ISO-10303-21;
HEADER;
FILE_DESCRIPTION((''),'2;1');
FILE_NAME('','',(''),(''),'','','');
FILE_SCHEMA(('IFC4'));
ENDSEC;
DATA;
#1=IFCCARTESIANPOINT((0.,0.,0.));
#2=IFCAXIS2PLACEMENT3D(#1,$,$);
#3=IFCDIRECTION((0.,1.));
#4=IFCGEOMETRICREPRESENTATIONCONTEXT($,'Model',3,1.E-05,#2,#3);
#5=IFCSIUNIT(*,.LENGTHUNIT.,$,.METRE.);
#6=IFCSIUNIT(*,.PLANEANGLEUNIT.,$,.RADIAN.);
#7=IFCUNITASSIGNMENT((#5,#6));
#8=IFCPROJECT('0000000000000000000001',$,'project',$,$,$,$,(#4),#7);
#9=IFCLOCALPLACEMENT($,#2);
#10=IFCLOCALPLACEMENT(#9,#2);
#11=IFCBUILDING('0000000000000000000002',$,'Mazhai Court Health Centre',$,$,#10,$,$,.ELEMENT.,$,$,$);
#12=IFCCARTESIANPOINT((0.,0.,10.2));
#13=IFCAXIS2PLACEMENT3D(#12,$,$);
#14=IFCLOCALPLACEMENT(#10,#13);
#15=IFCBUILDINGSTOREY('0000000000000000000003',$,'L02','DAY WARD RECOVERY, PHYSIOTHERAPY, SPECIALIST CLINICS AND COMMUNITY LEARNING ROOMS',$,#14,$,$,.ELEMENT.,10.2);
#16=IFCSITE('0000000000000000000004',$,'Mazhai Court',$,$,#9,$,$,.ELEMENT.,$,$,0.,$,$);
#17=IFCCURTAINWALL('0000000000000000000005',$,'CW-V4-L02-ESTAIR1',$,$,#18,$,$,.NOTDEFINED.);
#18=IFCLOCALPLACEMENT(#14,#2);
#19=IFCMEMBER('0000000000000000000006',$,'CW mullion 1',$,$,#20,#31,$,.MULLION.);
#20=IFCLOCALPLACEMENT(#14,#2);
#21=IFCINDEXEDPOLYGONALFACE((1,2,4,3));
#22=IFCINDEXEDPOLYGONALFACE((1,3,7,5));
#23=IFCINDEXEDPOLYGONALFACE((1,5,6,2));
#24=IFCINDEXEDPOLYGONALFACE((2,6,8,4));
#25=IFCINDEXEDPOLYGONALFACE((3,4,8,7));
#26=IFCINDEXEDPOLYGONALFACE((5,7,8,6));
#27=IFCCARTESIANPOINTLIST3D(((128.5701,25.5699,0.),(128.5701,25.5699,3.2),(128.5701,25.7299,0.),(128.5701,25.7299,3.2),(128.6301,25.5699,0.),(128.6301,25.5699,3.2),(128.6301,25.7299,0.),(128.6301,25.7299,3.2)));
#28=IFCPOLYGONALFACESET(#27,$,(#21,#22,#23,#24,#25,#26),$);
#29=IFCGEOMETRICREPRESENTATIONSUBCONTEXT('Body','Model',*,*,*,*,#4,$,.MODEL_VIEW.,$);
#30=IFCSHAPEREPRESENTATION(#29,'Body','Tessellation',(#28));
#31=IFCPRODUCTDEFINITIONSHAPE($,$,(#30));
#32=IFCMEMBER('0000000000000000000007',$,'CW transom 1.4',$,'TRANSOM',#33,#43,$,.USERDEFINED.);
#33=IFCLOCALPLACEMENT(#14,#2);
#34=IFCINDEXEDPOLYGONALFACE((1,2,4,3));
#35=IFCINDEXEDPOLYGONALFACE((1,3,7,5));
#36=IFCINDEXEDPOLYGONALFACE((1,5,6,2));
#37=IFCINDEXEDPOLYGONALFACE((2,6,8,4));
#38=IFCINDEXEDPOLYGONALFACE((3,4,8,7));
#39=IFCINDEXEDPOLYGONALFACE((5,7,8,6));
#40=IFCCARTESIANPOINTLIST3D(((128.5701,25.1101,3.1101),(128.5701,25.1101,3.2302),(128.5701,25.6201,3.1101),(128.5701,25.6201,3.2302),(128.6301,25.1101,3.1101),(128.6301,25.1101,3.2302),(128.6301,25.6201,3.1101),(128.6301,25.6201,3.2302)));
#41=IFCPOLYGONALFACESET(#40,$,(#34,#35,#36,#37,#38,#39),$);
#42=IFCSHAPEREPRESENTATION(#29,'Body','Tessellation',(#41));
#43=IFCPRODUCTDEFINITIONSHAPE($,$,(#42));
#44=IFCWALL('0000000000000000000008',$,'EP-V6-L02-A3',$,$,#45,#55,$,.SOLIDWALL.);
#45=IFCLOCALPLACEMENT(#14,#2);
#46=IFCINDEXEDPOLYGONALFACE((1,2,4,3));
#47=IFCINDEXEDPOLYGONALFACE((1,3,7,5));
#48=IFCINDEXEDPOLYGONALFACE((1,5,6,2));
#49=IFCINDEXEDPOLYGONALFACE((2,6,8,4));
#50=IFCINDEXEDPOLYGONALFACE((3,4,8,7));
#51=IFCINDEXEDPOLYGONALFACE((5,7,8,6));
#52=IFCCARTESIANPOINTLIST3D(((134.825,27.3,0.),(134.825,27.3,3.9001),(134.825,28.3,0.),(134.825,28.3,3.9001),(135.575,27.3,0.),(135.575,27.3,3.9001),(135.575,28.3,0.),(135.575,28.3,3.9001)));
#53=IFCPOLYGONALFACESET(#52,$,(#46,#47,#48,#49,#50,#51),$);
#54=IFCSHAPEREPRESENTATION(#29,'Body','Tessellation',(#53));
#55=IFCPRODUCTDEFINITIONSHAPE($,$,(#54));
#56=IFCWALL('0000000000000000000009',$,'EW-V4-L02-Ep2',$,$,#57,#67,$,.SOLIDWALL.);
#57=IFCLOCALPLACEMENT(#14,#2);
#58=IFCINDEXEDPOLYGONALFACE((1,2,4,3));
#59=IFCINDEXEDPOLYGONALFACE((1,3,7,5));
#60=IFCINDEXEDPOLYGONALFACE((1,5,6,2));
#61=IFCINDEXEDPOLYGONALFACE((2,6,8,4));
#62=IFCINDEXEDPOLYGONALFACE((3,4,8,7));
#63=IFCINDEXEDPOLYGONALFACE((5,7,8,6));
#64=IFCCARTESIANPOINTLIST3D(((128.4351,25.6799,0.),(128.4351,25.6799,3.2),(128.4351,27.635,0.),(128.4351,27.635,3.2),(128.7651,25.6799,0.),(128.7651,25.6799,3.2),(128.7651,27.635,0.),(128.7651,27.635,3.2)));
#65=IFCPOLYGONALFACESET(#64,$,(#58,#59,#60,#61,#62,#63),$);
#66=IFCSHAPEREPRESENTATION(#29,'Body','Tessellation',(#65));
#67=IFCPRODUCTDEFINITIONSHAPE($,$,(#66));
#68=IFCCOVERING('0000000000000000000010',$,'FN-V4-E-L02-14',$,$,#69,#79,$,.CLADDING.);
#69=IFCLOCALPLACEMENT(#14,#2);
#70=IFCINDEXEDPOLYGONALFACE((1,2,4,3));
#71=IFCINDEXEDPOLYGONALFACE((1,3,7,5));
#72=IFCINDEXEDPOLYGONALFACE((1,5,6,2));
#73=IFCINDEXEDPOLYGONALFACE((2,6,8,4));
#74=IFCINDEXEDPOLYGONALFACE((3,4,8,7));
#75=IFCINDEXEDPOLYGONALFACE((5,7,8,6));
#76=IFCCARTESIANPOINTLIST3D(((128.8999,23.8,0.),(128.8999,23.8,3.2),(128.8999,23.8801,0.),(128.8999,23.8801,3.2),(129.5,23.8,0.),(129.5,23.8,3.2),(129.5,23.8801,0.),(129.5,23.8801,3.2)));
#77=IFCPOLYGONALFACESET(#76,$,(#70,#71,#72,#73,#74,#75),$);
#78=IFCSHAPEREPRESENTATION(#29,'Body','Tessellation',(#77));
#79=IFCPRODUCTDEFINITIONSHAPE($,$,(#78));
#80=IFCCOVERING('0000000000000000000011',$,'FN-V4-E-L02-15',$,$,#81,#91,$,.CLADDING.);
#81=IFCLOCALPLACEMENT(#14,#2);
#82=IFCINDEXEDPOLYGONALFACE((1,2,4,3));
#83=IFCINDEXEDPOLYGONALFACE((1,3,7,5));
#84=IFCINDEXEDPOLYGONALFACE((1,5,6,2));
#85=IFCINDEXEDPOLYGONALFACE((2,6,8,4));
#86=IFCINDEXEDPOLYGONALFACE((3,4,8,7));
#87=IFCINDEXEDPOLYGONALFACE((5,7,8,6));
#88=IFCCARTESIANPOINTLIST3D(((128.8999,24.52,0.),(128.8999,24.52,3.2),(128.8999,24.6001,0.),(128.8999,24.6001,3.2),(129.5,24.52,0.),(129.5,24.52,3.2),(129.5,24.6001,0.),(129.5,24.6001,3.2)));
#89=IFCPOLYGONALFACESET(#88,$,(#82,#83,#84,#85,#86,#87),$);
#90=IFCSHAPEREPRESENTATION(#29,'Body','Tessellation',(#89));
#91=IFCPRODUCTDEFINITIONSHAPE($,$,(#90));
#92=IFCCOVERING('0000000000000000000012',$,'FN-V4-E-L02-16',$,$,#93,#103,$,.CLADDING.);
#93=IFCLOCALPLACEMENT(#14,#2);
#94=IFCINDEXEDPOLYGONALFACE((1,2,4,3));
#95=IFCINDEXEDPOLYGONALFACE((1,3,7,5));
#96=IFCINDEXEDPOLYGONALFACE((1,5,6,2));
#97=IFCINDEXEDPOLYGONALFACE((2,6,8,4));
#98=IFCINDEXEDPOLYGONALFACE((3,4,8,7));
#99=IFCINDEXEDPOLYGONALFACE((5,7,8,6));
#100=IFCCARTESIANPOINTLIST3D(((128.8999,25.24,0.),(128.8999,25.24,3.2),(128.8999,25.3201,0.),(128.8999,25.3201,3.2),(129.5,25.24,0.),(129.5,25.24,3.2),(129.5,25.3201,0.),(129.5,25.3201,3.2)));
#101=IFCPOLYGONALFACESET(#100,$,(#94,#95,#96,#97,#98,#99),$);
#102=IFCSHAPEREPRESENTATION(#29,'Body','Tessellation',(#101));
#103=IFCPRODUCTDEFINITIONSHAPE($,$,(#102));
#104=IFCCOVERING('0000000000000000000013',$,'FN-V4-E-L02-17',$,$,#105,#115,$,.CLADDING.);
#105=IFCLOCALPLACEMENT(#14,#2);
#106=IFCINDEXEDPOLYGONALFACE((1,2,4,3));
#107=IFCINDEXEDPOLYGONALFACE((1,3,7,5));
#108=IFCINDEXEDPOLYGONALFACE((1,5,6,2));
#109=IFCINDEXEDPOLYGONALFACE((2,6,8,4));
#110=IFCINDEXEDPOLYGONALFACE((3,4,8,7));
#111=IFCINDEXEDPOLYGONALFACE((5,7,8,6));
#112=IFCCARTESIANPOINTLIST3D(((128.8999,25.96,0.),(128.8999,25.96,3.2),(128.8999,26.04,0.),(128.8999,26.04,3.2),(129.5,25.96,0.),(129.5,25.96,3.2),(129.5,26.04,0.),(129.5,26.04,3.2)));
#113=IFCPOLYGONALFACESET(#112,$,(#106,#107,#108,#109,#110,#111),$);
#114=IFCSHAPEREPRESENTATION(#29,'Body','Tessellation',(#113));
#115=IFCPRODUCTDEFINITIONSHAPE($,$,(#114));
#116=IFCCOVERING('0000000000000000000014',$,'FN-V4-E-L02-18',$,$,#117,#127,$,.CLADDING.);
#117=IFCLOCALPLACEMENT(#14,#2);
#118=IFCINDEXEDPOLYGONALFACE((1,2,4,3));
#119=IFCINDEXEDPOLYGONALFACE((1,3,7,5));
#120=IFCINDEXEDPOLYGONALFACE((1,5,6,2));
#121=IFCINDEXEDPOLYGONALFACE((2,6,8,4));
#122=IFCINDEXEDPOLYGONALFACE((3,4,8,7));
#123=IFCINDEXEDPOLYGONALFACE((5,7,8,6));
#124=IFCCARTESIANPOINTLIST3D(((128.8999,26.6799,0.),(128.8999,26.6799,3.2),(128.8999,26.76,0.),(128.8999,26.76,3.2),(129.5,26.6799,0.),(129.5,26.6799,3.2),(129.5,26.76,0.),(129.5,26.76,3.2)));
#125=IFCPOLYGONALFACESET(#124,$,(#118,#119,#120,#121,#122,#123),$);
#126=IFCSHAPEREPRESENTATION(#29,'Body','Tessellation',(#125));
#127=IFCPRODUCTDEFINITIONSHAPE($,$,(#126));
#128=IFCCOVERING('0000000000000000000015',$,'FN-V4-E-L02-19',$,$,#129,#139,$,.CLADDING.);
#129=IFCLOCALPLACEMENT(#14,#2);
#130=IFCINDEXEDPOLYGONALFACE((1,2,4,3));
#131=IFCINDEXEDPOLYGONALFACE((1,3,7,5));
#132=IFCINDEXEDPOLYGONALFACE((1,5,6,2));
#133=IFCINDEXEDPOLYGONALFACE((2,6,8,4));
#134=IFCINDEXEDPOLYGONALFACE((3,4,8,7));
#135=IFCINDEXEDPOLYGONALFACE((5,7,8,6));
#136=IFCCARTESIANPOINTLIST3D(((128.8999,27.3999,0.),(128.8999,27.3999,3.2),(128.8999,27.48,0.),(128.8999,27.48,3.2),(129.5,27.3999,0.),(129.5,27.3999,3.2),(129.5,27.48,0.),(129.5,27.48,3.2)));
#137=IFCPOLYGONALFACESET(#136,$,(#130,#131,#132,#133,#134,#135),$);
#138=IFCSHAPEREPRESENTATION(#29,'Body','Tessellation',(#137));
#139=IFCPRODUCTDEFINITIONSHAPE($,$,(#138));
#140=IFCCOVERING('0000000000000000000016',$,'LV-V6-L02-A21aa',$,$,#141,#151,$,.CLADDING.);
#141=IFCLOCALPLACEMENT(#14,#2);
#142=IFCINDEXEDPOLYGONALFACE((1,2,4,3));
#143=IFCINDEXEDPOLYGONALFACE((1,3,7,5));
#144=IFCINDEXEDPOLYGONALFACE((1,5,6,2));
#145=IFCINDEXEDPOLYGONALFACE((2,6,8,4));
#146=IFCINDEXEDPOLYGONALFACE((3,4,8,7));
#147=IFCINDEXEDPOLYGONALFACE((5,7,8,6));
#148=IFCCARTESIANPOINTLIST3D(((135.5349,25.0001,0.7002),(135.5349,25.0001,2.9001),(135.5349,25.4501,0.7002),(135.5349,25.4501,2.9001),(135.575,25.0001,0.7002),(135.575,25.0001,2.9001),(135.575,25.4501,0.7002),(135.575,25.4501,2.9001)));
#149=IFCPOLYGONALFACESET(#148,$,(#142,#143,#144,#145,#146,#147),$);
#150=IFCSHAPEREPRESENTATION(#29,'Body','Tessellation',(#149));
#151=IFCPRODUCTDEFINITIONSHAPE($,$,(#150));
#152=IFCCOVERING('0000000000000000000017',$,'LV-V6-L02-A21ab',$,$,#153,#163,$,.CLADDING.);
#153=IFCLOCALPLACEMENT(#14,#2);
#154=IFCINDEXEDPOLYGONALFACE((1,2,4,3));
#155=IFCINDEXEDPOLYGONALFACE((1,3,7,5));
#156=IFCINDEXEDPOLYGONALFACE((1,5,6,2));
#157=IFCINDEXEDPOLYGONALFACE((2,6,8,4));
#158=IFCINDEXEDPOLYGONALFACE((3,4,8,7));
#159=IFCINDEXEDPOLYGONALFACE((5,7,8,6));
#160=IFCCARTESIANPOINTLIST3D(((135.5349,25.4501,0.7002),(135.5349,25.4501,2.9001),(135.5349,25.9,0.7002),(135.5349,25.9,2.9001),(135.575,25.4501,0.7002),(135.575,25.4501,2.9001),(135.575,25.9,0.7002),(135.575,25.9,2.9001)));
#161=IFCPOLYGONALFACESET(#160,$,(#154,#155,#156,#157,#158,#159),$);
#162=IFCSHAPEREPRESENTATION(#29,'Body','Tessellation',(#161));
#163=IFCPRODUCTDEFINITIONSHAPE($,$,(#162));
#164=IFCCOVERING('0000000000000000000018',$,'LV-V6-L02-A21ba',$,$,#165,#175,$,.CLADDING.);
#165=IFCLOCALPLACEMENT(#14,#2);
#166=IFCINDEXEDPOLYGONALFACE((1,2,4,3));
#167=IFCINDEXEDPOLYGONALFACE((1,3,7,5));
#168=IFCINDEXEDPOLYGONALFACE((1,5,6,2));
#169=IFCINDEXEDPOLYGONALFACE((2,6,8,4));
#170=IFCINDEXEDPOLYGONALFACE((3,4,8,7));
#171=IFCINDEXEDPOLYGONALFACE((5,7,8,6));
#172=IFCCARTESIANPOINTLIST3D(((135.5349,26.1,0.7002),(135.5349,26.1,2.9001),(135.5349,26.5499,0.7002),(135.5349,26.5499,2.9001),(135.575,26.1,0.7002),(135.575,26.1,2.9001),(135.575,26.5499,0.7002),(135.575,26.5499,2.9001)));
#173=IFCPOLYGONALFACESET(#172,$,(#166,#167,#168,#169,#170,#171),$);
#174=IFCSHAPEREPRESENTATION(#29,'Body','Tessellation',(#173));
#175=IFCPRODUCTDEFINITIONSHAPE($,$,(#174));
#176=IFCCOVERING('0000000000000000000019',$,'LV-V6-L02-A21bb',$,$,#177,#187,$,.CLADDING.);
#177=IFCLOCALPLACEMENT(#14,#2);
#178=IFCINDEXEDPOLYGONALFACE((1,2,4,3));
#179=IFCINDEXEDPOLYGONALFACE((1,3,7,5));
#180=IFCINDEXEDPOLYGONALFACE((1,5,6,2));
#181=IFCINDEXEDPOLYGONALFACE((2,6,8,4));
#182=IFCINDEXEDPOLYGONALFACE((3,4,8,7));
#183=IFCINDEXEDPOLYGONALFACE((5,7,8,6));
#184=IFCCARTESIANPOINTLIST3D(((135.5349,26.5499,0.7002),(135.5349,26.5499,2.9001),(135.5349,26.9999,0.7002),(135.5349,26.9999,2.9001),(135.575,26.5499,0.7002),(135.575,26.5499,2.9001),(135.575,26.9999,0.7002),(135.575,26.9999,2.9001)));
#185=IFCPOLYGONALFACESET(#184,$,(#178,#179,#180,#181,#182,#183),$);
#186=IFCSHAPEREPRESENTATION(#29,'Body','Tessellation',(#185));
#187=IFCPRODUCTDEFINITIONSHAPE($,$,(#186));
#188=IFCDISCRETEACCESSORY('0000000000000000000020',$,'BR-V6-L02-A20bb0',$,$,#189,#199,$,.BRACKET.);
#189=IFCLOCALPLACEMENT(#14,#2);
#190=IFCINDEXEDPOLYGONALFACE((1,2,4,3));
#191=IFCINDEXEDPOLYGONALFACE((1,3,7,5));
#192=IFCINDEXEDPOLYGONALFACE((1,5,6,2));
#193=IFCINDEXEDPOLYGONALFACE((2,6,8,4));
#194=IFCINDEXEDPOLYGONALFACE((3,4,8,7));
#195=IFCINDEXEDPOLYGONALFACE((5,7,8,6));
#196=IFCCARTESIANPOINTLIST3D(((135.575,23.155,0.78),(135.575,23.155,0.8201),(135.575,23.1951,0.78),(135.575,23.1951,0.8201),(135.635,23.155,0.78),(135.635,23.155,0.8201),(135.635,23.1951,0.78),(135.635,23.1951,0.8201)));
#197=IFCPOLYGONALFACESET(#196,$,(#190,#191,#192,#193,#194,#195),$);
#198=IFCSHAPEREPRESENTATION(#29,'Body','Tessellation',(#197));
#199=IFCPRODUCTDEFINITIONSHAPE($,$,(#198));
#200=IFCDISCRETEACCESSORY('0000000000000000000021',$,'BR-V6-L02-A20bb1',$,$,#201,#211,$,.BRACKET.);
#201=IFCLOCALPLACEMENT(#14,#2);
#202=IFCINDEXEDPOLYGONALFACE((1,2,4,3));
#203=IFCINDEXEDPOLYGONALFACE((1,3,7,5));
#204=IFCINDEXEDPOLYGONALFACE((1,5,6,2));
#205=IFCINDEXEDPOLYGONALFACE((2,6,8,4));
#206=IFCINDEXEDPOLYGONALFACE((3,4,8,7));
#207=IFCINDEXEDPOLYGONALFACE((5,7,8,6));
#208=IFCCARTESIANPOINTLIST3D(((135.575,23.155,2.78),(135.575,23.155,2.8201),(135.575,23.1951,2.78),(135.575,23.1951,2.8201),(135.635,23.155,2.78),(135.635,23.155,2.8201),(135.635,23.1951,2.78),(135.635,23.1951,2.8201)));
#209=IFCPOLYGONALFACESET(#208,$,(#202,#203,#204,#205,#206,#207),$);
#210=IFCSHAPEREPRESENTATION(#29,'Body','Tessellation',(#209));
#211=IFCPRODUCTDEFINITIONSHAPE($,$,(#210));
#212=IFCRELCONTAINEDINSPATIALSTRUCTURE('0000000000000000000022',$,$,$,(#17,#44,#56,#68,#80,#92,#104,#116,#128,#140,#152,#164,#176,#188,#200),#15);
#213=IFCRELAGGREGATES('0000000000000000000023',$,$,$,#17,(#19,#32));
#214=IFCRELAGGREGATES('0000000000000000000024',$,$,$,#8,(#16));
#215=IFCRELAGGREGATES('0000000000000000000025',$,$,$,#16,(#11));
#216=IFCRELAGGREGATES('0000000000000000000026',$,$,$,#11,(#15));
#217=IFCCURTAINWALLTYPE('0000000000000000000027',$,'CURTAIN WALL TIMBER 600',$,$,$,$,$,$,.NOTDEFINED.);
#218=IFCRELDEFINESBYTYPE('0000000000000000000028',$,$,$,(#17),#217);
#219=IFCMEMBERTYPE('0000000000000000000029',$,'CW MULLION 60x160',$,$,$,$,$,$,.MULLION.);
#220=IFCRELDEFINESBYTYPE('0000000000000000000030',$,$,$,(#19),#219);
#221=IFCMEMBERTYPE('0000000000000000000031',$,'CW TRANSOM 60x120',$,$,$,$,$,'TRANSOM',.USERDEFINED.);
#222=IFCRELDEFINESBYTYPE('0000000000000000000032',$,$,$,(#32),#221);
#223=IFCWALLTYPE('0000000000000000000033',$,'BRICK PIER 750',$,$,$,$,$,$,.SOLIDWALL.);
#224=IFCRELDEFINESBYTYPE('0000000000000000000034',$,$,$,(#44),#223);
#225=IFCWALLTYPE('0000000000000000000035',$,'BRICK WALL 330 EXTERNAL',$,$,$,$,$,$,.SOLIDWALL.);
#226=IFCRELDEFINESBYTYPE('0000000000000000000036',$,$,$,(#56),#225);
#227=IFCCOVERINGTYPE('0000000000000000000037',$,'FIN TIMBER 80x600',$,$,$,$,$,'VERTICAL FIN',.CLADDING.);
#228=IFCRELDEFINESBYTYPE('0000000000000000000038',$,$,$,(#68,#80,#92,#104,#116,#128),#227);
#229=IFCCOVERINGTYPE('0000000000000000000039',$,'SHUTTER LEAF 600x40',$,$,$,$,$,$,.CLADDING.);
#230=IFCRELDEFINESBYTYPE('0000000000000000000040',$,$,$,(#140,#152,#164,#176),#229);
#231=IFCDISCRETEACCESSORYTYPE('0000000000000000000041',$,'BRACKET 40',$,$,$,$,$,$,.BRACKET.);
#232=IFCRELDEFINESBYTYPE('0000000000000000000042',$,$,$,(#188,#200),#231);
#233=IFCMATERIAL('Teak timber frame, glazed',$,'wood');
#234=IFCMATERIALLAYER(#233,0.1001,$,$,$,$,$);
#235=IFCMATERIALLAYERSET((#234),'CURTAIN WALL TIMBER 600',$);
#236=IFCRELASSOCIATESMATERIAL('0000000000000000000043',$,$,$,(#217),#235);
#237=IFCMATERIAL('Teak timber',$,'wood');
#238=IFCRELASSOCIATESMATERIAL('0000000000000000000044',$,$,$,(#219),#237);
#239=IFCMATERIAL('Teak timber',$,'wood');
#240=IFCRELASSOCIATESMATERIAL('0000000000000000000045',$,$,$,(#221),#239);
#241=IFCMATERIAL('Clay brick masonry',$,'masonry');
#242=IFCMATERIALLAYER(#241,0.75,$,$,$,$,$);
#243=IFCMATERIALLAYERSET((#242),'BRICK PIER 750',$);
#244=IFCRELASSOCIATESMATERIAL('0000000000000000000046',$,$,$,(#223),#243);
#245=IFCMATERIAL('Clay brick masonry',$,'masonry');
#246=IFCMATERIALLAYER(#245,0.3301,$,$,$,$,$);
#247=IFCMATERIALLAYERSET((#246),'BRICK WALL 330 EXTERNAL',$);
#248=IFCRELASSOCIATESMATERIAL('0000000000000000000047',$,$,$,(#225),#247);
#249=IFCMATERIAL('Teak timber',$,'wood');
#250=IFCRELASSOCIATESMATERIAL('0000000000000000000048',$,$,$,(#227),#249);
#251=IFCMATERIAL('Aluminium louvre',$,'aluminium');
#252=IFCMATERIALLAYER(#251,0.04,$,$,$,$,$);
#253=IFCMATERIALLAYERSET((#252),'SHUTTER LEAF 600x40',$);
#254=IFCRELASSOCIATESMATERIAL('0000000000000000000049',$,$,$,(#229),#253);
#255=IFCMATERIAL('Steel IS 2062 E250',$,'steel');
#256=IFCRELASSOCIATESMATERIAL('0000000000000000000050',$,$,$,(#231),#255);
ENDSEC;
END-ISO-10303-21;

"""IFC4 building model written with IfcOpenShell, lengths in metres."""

from ifc_helpers import new_model, si_unit, direction, frame, frame_2d, origin, origin_2d, place, context, subcontext, project, spatial, rectangle, extrude, material, layer, layer_set, material_profile, profile_set, type_object, element, aggregate, save


model = new_model("IFC4")

# Units and contexts
model_context = context("Model", 3, precision=1e-05, world=origin(), true_north=direction((0.0, 1.0)))
body_context = subcontext(model_context, "Body", "Model", "MODEL_VIEW")
ifc_project = project(units=[si_unit("LENGTHUNIT", "METRE"), si_unit("PLANEANGLEUNIT", "RADIAN")], contexts=[model_context])

# Site, building, storey
site_placement = place(None, origin())
site = spatial("IfcSite", under=ifc_project, at=site_placement, Name="Mazhai Court", CompositionType="ELEMENT", RefElevation=0.0)
building_placement = place(site_placement, origin())
building = spatial("IfcBuilding", under=site, at=building_placement, Name="Mazhai Court Health Centre", CompositionType="ELEMENT")
storey_placement = place(building_placement, frame((0.0, 0.0, 10.2)))
storey = spatial("IfcBuildingStorey", under=building, at=storey_placement, Name="L02", Description="DAY WARD RECOVERY, PHYSIOTHERAPY, SPECIALIST CLINICS AND COMMUNITY LEARNING ROOMS", CompositionType="ELEMENT", Elevation=10.2)

# Curtain wall, members
ifc_material_1 = material(Name="Teak timber frame, glazed", Category="wood")
ifc_layer_1 = layer(ifc_material_1, 0.1001)
ifc_layer_set_1 = layer_set([ifc_layer_1], Name="CURTAIN WALL TIMBER 600")
curtain_wall_type = type_object("IfcCurtainWallType", Name="CURTAIN WALL TIMBER 600", PredefinedType="NOTDEFINED", material=ifc_layer_set_1)
curtain_wall_placement = place(storey_placement, origin())
curtain_wall = element("IfcCurtainWall", 1, at=curtain_wall_placement, inside=storey, type_object=curtain_wall_type, Name="CW-V4-L02-ESTAIR1", PredefinedType="NOTDEFINED")
ifc_material_2 = material(Name="Teak timber", Category="wood")
ifc_material_profile_1 = material_profile(ifc_material_2, rectangle(XDim=0.0601, YDim=0.1599, at=origin_2d()), Name="CW MULLION 60x160")
ifc_profile_set_1 = profile_set([ifc_material_profile_1], Name="Teak timber")
member_type_1 = type_object("IfcMemberType", Name="CW MULLION 60x160", PredefinedType="MULLION", material=ifc_profile_set_1)
member_1_placement = place(storey_placement, frame((128.6001, 25.6499, 0.0), z_axis=(0.0, 0.0, 1.0), x_axis=(1.0, 0.0, 0.0)))
member_1 = element("IfcMember", 2, at=member_1_placement, type_object=member_type_1, Name="CW mullion 1", PredefinedType="MULLION", context=body_context, shape_type="SweptSolid", body=[
    extrude(rectangle(XDim=0.0601, YDim=0.1599, at=origin_2d()), origin(), (0.0, 0.0, 1.0), 3.2),
])
ifc_material_3 = material(Name="Teak timber", Category="wood")
ifc_material_profile_2 = material_profile(ifc_material_3, rectangle(XDim=0.0601, YDim=0.1201, at=origin_2d()), Name="CW TRANSOM 60x120")
ifc_profile_set_2 = profile_set([ifc_material_profile_2], Name="Teak timber")
member_type_2 = type_object("IfcMemberType", Name="CW TRANSOM 60x120", ElementType="TRANSOM", PredefinedType="USERDEFINED", material=ifc_profile_set_2)
member_2_placement = place(storey_placement, frame((128.6001, 25.6201, 3.1702), z_axis=(0.0, -1.0, 0.0), x_axis=(1.0, 0.0, 0.0)))
member_2 = element("IfcMember", 3, at=member_2_placement, type_object=member_type_2, Name="CW transom 1.4", ObjectType="TRANSOM", PredefinedType="USERDEFINED", context=body_context, shape_type="SweptSolid", body=[
    extrude(rectangle(XDim=0.0601, YDim=0.1201, at=origin_2d()), origin(), (0.0, 0.0, 1.0), 0.51),
])
aggregate(curtain_wall, [member_1, member_2])

# Walls
ifc_material_4 = material(Name="Clay brick masonry", Category="masonry")
ifc_layer_2 = layer(ifc_material_4, 0.75)
ifc_layer_set_2 = layer_set([ifc_layer_2], Name="BRICK PIER 750")
wall_type_1 = type_object("IfcWallType", Name="BRICK PIER 750", PredefinedType="SOLIDWALL", material=ifc_layer_set_2)
wall_1_placement = place(storey_placement, frame((135.2, 27.3, 0.0), z_axis=(0.0, 0.0, 1.0), x_axis=(0.0, 1.0, 0.0)))
element("IfcWall", 4, at=wall_1_placement, inside=storey, type_object=wall_type_1, Name="EP-V6-L02-A3", PredefinedType="SOLIDWALL", context=body_context, shape_type="SweptSolid", body=[
    extrude(rectangle(XDim=1.0, YDim=0.75, at=frame_2d((0.5, 0.0))), origin(), (0.0, 0.0, 1.0), 3.9001),
])
ifc_material_5 = material(Name="Clay brick masonry", Category="masonry")
ifc_layer_3 = layer(ifc_material_5, 0.3301)
ifc_layer_set_3 = layer_set([ifc_layer_3], Name="BRICK WALL 330 EXTERNAL")
wall_type_2 = type_object("IfcWallType", Name="BRICK WALL 330 EXTERNAL", PredefinedType="SOLIDWALL", material=ifc_layer_set_3)
wall_2_placement = place(storey_placement, frame((128.6001, 27.635, 0.0), z_axis=(0.0, 0.0, 1.0), x_axis=(0.0, -1.0, 0.0)))
element("IfcWall", 5, at=wall_2_placement, inside=storey, type_object=wall_type_2, Name="EW-V4-L02-Ep2", PredefinedType="SOLIDWALL", context=body_context, shape_type="SweptSolid", body=[
    extrude(rectangle(XDim=1.9551, YDim=0.3301, at=frame_2d((0.9775, 0.0))), origin(), (0.0, 0.0, 1.0), 3.2),
])

# Coverings
ifc_material_6 = material(Name="Teak timber", Category="wood")
covering_type_1 = type_object("IfcCoveringType", Name="FIN TIMBER 80x600", ElementType="VERTICAL FIN", PredefinedType="CLADDING", material=ifc_material_6)
for number, where, z_axis, x_axis, name in (
    (6, (129.2, 23.8401, 0.0), (0.0, 0.0, 1.0), (0.0, 1.0, 0.0), "FN-V4-E-L02-14"),
    (7, (129.2, 24.5601, 0.0), (0.0, 0.0, 1.0), (0.0, 1.0, 0.0), "FN-V4-E-L02-15"),
    (8, (129.2, 25.28, 0.0), (0.0, 0.0, 1.0), (0.0, 1.0, 0.0), "FN-V4-E-L02-16"),
    (9, (129.2, 26.0, 0.0), (0.0, 0.0, 1.0), (0.0, 1.0, 0.0), "FN-V4-E-L02-17"),
    (10, (129.2, 26.72, 0.0), (0.0, 0.0, 1.0), (0.0, 1.0, 0.0), "FN-V4-E-L02-18"),
    (11, (129.2, 27.4399, 0.0), (0.0, 0.0, 1.0), (0.0, 1.0, 0.0), "FN-V4-E-L02-19"),
):
    element("IfcCovering", number, at=place(storey_placement, frame(where, z_axis=z_axis, x_axis=x_axis)), inside=storey, type_object=covering_type_1, Name=name, PredefinedType="CLADDING", context=body_context, shape_type="SweptSolid", body=[
        extrude(rectangle(XDim=0.0801, YDim=0.6001, at=origin_2d()), origin(), (0.0, 0.0, 1.0), 3.2),
    ])
ifc_material_7 = material(Name="Aluminium louvre", Category="aluminium")
ifc_layer_4 = layer(ifc_material_7, 0.04)
ifc_layer_set_4 = layer_set([ifc_layer_4], Name="SHUTTER LEAF 600x40")
covering_type_2 = type_object("IfcCoveringType", Name="SHUTTER LEAF 600x40", PredefinedType="CLADDING", material=ifc_layer_set_4)
for number, where, z_axis, x_axis, name in (
    (12, (135.5549, 25.2251, 0.7002), (0.0, 0.0, 1.0), (0.0, 1.0, 0.0), "LV-V6-L02-A21aa"),
    (13, (135.5549, 25.675, 0.7002), (0.0, 0.0, 1.0), (0.0, 1.0, 0.0), "LV-V6-L02-A21ab"),
    (14, (135.5549, 26.325, 0.7002), (0.0, 0.0, 1.0), (0.0, 1.0, 0.0), "LV-V6-L02-A21ba"),
    (15, (135.5549, 26.7749, 0.7002), (0.0, 0.0, 1.0), (0.0, 1.0, 0.0), "LV-V6-L02-A21bb"),
):
    element("IfcCovering", number, at=place(storey_placement, frame(where, z_axis=z_axis, x_axis=x_axis)), inside=storey, type_object=covering_type_2, Name=name, PredefinedType="CLADDING", context=body_context, shape_type="SweptSolid", body=[
        extrude(rectangle(XDim=0.45, YDim=0.04, at=origin_2d()), origin(), (0.0, 0.0, 1.0), 2.2),
    ])

# Discrete accessories
ifc_material_8 = material(Name="Steel IS 2062 E250", Category="steel")
discrete_accessory_type = type_object("IfcDiscreteAccessoryType", Name="BRACKET 40", PredefinedType="BRACKET", material=ifc_material_8)
for number, where, z_axis, x_axis, name in (
    (16, (135.605, 23.175, 0.78), (0.0, 0.0, 1.0), (0.0, 1.0, 0.0), "BR-V6-L02-A20bb0"),
    (17, (135.605, 23.175, 2.78), (0.0, 0.0, 1.0), (0.0, 1.0, 0.0), "BR-V6-L02-A20bb1"),
):
    element("IfcDiscreteAccessory", number, at=place(storey_placement, frame(where, z_axis=z_axis, x_axis=x_axis)), inside=storey, type_object=discrete_accessory_type, Name=name, PredefinedType="BRACKET", context=body_context, shape_type="SweptSolid", body=[
        extrude(rectangle(XDim=0.04, YDim=0.0601, at=origin_2d()), origin(), (0.0, 0.0, 1.0), 0.04),
    ])

save(model, "model.ifc")
